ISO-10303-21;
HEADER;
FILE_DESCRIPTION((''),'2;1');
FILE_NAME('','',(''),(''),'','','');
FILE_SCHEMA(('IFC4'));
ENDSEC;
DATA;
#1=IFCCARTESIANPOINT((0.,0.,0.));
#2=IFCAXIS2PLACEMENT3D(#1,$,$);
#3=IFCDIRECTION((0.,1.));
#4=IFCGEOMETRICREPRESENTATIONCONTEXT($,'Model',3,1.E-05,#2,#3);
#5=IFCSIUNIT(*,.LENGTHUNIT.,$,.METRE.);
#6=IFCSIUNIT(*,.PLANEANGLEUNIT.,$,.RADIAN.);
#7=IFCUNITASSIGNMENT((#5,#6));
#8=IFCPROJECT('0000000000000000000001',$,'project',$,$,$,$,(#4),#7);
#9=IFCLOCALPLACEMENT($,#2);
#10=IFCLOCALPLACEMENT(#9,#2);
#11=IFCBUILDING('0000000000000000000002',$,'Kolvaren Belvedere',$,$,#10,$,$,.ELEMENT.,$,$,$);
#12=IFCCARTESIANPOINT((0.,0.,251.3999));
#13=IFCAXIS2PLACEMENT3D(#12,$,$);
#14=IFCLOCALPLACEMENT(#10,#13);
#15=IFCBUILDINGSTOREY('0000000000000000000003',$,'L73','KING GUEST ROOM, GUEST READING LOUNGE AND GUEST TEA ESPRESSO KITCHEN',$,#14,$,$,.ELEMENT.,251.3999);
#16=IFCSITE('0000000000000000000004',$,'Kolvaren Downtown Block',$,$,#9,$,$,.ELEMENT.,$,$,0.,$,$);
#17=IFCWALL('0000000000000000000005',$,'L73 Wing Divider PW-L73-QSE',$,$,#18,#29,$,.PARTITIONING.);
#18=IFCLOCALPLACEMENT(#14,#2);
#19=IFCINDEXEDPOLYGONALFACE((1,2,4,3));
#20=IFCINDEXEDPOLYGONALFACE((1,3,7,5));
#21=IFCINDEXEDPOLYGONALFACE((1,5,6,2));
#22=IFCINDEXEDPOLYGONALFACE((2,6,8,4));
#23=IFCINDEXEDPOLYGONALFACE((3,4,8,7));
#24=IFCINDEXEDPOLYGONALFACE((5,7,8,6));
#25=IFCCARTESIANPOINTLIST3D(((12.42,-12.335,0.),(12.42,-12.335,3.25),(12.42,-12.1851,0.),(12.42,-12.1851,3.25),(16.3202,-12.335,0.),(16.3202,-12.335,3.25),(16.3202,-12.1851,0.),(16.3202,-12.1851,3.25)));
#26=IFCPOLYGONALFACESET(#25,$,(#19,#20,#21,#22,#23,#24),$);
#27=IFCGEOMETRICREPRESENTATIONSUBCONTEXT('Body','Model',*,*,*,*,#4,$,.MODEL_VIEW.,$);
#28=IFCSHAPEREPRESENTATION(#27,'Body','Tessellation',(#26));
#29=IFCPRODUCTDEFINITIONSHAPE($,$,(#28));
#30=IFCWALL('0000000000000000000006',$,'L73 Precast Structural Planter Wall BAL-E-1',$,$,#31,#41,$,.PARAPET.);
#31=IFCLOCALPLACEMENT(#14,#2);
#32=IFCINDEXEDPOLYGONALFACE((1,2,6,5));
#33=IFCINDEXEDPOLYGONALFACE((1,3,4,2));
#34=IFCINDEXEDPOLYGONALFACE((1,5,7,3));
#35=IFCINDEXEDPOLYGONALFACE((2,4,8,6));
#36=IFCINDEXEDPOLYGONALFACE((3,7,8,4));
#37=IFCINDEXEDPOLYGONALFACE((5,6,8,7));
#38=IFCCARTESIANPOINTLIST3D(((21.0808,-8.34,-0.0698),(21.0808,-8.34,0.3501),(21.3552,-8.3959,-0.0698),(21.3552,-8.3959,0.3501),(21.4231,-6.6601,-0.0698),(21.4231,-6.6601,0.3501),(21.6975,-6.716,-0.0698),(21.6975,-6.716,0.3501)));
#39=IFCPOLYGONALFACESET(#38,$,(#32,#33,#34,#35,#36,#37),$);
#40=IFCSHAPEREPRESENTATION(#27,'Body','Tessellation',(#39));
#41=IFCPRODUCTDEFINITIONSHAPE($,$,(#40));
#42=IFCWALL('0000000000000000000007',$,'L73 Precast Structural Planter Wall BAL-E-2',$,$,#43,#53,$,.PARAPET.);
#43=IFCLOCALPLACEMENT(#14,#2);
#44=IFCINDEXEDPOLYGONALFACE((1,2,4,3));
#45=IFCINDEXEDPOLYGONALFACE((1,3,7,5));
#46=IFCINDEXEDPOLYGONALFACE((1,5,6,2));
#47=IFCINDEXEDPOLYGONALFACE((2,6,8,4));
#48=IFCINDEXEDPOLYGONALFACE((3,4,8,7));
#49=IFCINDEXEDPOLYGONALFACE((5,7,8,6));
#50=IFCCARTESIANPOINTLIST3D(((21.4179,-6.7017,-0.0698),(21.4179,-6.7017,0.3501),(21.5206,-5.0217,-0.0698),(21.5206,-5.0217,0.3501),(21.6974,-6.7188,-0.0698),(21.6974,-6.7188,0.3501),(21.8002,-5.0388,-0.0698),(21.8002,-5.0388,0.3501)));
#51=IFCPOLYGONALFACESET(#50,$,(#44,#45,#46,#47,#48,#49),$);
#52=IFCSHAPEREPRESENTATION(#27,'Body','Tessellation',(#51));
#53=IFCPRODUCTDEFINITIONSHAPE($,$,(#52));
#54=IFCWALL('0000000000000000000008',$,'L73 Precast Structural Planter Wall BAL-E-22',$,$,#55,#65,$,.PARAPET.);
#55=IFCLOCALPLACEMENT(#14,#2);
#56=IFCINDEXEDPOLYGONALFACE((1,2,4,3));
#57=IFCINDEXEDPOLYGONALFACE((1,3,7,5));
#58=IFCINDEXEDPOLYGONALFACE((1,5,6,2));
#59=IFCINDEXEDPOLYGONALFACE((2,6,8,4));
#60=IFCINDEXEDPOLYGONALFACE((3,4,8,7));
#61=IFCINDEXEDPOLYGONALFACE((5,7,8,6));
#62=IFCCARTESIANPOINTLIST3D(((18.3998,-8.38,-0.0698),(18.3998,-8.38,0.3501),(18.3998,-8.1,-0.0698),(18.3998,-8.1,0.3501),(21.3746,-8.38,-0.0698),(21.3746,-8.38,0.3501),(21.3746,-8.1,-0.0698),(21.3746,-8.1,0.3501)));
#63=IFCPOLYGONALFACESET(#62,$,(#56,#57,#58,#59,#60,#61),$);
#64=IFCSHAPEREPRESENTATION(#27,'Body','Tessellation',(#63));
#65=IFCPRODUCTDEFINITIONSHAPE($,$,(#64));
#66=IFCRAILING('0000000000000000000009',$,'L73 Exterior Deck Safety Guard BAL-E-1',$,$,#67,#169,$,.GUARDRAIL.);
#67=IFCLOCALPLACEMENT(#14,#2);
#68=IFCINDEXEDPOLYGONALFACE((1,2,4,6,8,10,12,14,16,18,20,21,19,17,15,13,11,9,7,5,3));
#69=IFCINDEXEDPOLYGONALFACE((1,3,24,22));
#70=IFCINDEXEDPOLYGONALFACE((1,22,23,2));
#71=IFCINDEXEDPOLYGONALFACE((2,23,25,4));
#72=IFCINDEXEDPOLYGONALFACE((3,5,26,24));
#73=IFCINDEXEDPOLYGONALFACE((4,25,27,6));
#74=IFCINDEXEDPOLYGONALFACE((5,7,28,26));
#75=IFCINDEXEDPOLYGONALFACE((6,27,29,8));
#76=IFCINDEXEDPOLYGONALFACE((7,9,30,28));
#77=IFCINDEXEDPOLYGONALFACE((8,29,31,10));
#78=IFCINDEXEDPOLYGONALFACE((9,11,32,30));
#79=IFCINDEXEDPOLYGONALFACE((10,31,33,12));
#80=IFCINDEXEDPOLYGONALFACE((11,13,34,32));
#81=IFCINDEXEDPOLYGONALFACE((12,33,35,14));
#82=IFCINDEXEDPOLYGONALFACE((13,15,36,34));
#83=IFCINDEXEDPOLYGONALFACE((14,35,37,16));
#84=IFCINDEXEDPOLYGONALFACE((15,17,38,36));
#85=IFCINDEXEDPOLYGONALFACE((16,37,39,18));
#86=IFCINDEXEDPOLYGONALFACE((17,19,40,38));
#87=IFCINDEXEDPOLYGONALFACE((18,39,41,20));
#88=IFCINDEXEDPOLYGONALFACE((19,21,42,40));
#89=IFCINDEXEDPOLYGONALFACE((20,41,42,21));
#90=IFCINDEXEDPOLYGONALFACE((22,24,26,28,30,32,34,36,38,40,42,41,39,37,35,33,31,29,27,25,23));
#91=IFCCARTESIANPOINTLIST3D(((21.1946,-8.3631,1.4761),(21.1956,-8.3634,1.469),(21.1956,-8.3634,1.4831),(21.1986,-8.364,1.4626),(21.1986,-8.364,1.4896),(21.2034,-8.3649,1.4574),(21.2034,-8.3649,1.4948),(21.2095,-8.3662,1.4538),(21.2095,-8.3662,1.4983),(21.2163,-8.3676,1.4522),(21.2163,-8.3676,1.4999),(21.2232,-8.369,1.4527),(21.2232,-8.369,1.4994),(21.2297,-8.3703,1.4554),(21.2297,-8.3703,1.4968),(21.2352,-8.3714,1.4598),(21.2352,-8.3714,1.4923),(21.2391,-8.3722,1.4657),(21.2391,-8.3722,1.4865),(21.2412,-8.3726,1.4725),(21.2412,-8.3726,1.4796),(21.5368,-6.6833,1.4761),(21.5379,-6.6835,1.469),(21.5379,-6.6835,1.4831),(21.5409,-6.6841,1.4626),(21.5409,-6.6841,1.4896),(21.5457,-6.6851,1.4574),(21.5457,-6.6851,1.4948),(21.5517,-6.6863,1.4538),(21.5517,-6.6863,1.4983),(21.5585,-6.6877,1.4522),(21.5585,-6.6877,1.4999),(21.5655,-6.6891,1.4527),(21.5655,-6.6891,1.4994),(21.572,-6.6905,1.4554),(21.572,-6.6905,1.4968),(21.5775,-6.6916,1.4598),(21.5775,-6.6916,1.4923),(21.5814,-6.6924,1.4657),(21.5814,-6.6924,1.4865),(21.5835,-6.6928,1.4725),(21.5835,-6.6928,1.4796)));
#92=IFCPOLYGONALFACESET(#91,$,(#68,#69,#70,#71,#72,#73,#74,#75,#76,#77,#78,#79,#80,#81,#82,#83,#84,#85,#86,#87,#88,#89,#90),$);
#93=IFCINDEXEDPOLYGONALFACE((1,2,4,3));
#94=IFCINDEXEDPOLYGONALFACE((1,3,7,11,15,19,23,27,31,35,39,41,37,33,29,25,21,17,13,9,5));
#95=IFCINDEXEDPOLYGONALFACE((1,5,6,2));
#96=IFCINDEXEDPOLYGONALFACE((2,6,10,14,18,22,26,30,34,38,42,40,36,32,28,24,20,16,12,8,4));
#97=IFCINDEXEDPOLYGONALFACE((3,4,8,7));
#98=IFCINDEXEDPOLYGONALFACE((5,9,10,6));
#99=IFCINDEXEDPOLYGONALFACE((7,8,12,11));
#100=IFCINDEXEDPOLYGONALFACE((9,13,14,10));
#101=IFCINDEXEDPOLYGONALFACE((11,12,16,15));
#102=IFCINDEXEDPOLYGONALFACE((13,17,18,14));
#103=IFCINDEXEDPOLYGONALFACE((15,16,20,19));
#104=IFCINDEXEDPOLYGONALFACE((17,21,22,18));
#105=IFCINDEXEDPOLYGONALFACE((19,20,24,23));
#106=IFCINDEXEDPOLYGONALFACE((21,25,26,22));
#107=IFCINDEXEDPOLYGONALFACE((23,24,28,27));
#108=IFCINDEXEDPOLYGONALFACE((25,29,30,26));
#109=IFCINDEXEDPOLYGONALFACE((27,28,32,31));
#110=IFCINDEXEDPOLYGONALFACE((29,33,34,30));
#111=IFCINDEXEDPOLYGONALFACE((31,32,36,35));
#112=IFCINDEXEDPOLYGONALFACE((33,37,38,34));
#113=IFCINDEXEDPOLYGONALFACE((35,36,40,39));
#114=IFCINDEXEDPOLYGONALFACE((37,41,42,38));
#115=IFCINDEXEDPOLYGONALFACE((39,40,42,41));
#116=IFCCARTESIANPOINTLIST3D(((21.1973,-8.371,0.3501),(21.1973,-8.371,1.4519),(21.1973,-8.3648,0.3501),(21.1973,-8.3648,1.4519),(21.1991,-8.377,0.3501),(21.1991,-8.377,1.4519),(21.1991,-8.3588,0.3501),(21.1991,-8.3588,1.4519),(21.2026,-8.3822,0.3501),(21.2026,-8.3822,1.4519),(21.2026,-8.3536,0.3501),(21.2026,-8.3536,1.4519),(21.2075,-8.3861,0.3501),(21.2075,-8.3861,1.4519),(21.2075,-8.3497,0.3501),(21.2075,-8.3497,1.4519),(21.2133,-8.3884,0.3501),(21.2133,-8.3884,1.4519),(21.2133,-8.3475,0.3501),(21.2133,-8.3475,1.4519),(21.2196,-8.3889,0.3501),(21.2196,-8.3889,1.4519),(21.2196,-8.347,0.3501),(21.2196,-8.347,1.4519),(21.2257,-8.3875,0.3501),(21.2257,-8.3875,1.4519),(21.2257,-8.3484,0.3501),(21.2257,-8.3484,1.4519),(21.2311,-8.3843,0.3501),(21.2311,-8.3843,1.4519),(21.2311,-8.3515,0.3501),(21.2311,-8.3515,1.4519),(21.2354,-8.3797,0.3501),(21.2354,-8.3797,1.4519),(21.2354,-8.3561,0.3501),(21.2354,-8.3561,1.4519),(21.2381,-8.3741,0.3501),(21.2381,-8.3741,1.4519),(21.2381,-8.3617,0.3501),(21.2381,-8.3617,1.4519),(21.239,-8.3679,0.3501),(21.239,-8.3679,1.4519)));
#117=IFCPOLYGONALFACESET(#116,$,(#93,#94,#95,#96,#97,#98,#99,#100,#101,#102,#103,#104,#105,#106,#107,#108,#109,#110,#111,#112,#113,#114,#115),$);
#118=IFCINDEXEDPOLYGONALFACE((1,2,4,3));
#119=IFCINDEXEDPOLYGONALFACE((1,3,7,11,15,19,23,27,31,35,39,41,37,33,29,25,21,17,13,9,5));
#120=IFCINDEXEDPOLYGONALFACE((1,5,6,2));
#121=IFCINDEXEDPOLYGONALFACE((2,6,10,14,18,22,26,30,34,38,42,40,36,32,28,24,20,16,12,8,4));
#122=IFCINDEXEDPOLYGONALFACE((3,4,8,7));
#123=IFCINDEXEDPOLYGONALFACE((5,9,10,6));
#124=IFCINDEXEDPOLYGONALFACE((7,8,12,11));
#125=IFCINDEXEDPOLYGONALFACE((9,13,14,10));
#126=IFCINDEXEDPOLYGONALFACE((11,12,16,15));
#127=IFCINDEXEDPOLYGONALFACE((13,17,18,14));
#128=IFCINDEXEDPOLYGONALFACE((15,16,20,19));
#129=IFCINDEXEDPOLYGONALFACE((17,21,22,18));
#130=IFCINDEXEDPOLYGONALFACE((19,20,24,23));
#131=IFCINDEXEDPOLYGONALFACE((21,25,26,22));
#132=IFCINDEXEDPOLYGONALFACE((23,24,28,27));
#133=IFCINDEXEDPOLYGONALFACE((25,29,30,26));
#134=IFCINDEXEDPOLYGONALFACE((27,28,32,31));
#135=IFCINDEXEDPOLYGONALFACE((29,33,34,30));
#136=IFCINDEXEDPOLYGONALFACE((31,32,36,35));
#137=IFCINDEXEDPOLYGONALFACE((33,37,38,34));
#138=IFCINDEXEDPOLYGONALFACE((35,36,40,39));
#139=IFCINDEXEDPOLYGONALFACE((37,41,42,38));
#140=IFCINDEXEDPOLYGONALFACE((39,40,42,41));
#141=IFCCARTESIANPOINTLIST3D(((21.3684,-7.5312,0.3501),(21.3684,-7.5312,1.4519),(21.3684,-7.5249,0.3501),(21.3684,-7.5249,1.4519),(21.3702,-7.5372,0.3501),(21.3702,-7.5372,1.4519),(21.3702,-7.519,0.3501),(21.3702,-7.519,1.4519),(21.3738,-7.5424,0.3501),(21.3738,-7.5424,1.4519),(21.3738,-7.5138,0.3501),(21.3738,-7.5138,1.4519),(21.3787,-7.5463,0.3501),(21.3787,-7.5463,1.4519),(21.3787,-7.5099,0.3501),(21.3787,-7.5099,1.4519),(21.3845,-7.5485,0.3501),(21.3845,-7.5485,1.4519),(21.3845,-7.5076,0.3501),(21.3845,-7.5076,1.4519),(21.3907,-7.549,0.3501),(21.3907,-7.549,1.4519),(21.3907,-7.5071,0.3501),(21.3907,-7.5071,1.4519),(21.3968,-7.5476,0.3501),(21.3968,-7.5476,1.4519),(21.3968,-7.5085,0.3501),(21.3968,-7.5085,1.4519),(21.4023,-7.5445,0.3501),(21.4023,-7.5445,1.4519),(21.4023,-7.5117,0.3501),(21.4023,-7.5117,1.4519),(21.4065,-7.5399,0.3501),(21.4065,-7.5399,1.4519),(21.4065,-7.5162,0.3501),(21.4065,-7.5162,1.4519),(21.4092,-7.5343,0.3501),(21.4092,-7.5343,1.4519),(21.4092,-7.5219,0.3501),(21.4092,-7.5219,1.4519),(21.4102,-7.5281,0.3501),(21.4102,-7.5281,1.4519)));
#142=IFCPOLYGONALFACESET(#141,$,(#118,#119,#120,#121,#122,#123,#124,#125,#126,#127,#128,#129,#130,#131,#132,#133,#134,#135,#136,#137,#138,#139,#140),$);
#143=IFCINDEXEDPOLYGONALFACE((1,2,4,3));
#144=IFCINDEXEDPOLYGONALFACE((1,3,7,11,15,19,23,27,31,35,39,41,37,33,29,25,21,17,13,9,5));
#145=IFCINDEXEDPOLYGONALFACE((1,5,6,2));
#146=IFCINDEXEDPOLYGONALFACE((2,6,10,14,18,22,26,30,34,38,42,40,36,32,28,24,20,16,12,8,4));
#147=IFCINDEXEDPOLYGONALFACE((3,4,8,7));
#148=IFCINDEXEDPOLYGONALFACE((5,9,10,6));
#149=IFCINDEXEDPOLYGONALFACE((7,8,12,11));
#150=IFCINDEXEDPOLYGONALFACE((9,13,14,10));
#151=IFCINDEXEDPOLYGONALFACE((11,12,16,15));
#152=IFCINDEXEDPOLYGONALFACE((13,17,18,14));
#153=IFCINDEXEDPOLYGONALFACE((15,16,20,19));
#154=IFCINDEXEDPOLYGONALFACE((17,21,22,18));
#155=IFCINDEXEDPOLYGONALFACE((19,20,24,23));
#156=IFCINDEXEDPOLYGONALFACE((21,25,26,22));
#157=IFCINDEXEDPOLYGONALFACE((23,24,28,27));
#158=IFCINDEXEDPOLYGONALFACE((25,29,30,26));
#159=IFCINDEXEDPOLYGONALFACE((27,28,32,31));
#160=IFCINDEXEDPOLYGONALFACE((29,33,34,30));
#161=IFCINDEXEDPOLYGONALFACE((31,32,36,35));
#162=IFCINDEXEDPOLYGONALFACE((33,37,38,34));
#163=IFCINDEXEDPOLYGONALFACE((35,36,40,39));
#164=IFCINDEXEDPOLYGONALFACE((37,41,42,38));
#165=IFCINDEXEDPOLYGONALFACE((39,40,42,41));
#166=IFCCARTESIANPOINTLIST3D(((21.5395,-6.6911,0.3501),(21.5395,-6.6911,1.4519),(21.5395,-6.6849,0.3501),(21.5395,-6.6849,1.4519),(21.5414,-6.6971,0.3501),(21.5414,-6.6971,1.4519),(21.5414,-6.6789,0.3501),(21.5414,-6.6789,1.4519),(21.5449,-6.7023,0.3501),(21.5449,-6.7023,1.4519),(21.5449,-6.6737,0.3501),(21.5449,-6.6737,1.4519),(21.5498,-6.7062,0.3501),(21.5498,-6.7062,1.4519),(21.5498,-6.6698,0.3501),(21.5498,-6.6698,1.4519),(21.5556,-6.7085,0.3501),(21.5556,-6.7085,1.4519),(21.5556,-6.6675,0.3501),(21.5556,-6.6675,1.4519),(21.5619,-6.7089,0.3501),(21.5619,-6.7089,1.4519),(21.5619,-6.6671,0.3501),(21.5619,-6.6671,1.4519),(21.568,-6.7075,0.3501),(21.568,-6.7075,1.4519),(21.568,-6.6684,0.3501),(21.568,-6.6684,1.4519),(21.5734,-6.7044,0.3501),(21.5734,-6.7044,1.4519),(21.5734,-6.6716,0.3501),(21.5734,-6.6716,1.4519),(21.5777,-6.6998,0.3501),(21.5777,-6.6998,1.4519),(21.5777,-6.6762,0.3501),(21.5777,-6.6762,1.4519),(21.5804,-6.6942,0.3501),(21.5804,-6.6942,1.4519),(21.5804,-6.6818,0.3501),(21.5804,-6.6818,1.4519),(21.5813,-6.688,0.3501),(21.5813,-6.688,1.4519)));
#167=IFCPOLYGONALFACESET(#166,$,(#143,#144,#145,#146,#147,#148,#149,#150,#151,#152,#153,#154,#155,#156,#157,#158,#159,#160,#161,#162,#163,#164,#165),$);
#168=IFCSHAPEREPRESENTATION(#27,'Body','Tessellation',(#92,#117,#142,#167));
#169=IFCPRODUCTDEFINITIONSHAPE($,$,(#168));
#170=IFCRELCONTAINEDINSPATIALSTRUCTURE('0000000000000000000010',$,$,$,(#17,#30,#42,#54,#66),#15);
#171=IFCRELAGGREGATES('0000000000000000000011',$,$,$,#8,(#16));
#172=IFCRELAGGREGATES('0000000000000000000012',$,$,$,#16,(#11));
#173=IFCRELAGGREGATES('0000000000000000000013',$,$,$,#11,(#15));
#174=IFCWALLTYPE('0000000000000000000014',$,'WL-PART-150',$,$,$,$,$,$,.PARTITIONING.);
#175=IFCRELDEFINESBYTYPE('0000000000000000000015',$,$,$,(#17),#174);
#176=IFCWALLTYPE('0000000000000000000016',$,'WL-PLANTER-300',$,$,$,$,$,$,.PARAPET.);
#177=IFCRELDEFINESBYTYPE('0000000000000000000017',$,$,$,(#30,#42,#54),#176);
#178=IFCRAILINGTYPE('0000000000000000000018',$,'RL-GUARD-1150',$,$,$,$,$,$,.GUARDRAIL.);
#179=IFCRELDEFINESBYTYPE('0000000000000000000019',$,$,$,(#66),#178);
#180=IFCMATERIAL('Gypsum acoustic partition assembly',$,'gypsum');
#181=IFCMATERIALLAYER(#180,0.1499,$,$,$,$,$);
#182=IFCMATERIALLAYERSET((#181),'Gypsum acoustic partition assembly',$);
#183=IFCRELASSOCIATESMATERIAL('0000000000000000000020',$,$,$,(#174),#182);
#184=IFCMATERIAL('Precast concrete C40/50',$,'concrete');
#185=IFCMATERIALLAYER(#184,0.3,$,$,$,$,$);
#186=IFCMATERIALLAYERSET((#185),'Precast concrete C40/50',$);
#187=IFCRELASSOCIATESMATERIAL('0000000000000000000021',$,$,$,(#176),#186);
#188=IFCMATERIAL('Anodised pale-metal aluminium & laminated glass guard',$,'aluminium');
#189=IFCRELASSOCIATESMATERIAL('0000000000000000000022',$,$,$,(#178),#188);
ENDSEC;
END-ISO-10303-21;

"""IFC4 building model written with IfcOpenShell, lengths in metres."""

from ifc_helpers import new_model, si_unit, direction, frame, frame_2d, origin, origin_2d, place, context, subcontext, project, spatial, rectangle, circle, extrude, material, layer, layer_set, type_object, element, save


model = new_model("IFC4")

# Units and contexts
model_context = context("Model", 3, precision=1e-05, world=origin(), true_north=direction((0.0, 1.0)))
body_context = subcontext(model_context, "Body", "Model", "MODEL_VIEW")
ifc_project = project(units=[si_unit("LENGTHUNIT", "METRE"), si_unit("PLANEANGLEUNIT", "RADIAN")], contexts=[model_context])

# Site, building, storey
site_placement = place(None, origin())
site = spatial("IfcSite", under=ifc_project, at=site_placement, Name="Kolvaren Downtown Block", CompositionType="ELEMENT", RefElevation=0.0)
building_placement = place(site_placement, origin())
building = spatial("IfcBuilding", under=site, at=building_placement, Name="Kolvaren Belvedere", CompositionType="ELEMENT")
storey_placement = place(building_placement, frame((0.0, 0.0, 251.3999)))
storey = spatial("IfcBuildingStorey", under=building, at=storey_placement, Name="L73", Description="KING GUEST ROOM, GUEST READING LOUNGE AND GUEST TEA ESPRESSO KITCHEN", CompositionType="ELEMENT", Elevation=251.3999)

# Walls
ifc_material_1 = material(Name="Gypsum acoustic partition assembly", Category="gypsum")
ifc_layer_1 = layer(ifc_material_1, 0.1499)
ifc_layer_set_1 = layer_set([ifc_layer_1], Name="Gypsum acoustic partition assembly")
wall_type_1 = type_object("IfcWallType", Name="WL-PART-150", PredefinedType="PARTITIONING", material=ifc_layer_set_1)
wall_1_placement = place(storey_placement, frame((12.4199, -12.26, 0.0), z_axis=(0.0, 0.0, 1.0), x_axis=(1.0, 0.0, 0.0)))
element("IfcWall", 1, at=wall_1_placement, inside=storey, type_object=wall_type_1, Name="L73 Wing Divider PW-L73-QSE", PredefinedType="PARTITIONING", context=body_context, shape_type="SweptSolid", body=[
    extrude(rectangle(XDim=3.9001, YDim=0.1499, at=frame_2d((1.9502, 0.0))), origin(), (0.0, 0.0, 1.0), 3.25),
])
ifc_material_2 = material(Name="Precast concrete C40/50", Category="concrete")
ifc_layer_2 = layer(ifc_material_2, 0.3)
ifc_layer_set_2 = layer_set([ifc_layer_2], Name="Precast concrete C40/50")
wall_type_2 = type_object("IfcWallType", Name="WL-PLANTER-300", PredefinedType="PARAPET", material=ifc_layer_set_2)
wall_2_placement = place(storey_placement, frame((21.218, -8.3679, -0.0698), z_axis=(0.0, 0.0, 1.0), x_axis=(0.199648, 0.979868, 0.0)))
element("IfcWall", 2, at=wall_2_placement, inside=storey, type_object=wall_type_2, Name="L73 Precast Structural Planter Wall BAL-E-1", PredefinedType="PARAPET", context=body_context, shape_type="SweptSolid", body=[
    extrude(rectangle(XDim=1.7144, YDim=0.28, at=frame_2d((0.8572, 0.0))), origin(), (0.0, 0.0, 1.0), 0.4199),
])
wall_3_placement = place(storey_placement, frame((21.5576, -6.7102, -0.0698), z_axis=(0.0, 0.0, 1.0), x_axis=(0.061069, 0.998134, 0.0)))
element("IfcWall", 3, at=wall_3_placement, inside=storey, type_object=wall_type_2, Name="L73 Precast Structural Planter Wall BAL-E-2", PredefinedType="PARAPET", context=body_context, shape_type="SweptSolid", body=[
    extrude(rectangle(XDim=1.6831, YDim=0.28, at=frame_2d((0.8416, 0.0))), origin(), (0.0, 0.0, 1.0), 0.4199),
])
wall_4_placement = place(storey_placement, frame((18.3999, -8.24, -0.0698), z_axis=(0.0, 0.0, 1.0), x_axis=(1.0, 0.0, 0.0)))
element("IfcWall", 4, at=wall_4_placement, inside=storey, type_object=wall_type_2, Name="L73 Precast Structural Planter Wall BAL-E-22", PredefinedType="PARAPET", context=body_context, shape_type="SweptSolid", body=[
    extrude(rectangle(XDim=2.9749, YDim=0.28, at=frame_2d((1.4873, 0.0))), origin(), (0.0, 0.0, 1.0), 0.4199),
])

# Railing
ifc_material_3 = material(Name="Anodised pale-metal aluminium & laminated glass guard", Category="aluminium")
railing_type = type_object("IfcRailingType", Name="RL-GUARD-1150", PredefinedType="GUARDRAIL", material=ifc_material_3)
railing_1_placement = place(storey_placement, frame((21.218, -8.3679, 0.3501)))
element("IfcRailing", 5, at=railing_1_placement, inside=storey, type_object=railing_type, Name="L73 Exterior Deck Safety Guard BAL-E-1", PredefinedType="GUARDRAIL", context=body_context, shape_type="SweptSolid", body=[
    extrude(circle(Radius=0.0239, at=origin_2d()), frame((0.0, 0.0, 1.126), z_axis=(0.199648, 0.979868, 0.0), x_axis=(-0.979868, 0.199648, 0.0)), (0.0, 0.0, 1.0), 1.7144),
    extrude(circle(Radius=0.021, at=origin_2d()), origin(), (0.0, 0.0, 1.0), 1.1018),
    extrude(circle(Radius=0.021, at=origin_2d()), frame((0.1711, 0.8398, 0.0)), (0.0, 0.0, 1.0), 1.1018),
    extrude(circle(Radius=0.021, at=origin_2d()), frame((0.3423, 1.6799, 0.0)), (0.0, 0.0, 1.0), 1.1018),
])

save(model, "model.ifc")
